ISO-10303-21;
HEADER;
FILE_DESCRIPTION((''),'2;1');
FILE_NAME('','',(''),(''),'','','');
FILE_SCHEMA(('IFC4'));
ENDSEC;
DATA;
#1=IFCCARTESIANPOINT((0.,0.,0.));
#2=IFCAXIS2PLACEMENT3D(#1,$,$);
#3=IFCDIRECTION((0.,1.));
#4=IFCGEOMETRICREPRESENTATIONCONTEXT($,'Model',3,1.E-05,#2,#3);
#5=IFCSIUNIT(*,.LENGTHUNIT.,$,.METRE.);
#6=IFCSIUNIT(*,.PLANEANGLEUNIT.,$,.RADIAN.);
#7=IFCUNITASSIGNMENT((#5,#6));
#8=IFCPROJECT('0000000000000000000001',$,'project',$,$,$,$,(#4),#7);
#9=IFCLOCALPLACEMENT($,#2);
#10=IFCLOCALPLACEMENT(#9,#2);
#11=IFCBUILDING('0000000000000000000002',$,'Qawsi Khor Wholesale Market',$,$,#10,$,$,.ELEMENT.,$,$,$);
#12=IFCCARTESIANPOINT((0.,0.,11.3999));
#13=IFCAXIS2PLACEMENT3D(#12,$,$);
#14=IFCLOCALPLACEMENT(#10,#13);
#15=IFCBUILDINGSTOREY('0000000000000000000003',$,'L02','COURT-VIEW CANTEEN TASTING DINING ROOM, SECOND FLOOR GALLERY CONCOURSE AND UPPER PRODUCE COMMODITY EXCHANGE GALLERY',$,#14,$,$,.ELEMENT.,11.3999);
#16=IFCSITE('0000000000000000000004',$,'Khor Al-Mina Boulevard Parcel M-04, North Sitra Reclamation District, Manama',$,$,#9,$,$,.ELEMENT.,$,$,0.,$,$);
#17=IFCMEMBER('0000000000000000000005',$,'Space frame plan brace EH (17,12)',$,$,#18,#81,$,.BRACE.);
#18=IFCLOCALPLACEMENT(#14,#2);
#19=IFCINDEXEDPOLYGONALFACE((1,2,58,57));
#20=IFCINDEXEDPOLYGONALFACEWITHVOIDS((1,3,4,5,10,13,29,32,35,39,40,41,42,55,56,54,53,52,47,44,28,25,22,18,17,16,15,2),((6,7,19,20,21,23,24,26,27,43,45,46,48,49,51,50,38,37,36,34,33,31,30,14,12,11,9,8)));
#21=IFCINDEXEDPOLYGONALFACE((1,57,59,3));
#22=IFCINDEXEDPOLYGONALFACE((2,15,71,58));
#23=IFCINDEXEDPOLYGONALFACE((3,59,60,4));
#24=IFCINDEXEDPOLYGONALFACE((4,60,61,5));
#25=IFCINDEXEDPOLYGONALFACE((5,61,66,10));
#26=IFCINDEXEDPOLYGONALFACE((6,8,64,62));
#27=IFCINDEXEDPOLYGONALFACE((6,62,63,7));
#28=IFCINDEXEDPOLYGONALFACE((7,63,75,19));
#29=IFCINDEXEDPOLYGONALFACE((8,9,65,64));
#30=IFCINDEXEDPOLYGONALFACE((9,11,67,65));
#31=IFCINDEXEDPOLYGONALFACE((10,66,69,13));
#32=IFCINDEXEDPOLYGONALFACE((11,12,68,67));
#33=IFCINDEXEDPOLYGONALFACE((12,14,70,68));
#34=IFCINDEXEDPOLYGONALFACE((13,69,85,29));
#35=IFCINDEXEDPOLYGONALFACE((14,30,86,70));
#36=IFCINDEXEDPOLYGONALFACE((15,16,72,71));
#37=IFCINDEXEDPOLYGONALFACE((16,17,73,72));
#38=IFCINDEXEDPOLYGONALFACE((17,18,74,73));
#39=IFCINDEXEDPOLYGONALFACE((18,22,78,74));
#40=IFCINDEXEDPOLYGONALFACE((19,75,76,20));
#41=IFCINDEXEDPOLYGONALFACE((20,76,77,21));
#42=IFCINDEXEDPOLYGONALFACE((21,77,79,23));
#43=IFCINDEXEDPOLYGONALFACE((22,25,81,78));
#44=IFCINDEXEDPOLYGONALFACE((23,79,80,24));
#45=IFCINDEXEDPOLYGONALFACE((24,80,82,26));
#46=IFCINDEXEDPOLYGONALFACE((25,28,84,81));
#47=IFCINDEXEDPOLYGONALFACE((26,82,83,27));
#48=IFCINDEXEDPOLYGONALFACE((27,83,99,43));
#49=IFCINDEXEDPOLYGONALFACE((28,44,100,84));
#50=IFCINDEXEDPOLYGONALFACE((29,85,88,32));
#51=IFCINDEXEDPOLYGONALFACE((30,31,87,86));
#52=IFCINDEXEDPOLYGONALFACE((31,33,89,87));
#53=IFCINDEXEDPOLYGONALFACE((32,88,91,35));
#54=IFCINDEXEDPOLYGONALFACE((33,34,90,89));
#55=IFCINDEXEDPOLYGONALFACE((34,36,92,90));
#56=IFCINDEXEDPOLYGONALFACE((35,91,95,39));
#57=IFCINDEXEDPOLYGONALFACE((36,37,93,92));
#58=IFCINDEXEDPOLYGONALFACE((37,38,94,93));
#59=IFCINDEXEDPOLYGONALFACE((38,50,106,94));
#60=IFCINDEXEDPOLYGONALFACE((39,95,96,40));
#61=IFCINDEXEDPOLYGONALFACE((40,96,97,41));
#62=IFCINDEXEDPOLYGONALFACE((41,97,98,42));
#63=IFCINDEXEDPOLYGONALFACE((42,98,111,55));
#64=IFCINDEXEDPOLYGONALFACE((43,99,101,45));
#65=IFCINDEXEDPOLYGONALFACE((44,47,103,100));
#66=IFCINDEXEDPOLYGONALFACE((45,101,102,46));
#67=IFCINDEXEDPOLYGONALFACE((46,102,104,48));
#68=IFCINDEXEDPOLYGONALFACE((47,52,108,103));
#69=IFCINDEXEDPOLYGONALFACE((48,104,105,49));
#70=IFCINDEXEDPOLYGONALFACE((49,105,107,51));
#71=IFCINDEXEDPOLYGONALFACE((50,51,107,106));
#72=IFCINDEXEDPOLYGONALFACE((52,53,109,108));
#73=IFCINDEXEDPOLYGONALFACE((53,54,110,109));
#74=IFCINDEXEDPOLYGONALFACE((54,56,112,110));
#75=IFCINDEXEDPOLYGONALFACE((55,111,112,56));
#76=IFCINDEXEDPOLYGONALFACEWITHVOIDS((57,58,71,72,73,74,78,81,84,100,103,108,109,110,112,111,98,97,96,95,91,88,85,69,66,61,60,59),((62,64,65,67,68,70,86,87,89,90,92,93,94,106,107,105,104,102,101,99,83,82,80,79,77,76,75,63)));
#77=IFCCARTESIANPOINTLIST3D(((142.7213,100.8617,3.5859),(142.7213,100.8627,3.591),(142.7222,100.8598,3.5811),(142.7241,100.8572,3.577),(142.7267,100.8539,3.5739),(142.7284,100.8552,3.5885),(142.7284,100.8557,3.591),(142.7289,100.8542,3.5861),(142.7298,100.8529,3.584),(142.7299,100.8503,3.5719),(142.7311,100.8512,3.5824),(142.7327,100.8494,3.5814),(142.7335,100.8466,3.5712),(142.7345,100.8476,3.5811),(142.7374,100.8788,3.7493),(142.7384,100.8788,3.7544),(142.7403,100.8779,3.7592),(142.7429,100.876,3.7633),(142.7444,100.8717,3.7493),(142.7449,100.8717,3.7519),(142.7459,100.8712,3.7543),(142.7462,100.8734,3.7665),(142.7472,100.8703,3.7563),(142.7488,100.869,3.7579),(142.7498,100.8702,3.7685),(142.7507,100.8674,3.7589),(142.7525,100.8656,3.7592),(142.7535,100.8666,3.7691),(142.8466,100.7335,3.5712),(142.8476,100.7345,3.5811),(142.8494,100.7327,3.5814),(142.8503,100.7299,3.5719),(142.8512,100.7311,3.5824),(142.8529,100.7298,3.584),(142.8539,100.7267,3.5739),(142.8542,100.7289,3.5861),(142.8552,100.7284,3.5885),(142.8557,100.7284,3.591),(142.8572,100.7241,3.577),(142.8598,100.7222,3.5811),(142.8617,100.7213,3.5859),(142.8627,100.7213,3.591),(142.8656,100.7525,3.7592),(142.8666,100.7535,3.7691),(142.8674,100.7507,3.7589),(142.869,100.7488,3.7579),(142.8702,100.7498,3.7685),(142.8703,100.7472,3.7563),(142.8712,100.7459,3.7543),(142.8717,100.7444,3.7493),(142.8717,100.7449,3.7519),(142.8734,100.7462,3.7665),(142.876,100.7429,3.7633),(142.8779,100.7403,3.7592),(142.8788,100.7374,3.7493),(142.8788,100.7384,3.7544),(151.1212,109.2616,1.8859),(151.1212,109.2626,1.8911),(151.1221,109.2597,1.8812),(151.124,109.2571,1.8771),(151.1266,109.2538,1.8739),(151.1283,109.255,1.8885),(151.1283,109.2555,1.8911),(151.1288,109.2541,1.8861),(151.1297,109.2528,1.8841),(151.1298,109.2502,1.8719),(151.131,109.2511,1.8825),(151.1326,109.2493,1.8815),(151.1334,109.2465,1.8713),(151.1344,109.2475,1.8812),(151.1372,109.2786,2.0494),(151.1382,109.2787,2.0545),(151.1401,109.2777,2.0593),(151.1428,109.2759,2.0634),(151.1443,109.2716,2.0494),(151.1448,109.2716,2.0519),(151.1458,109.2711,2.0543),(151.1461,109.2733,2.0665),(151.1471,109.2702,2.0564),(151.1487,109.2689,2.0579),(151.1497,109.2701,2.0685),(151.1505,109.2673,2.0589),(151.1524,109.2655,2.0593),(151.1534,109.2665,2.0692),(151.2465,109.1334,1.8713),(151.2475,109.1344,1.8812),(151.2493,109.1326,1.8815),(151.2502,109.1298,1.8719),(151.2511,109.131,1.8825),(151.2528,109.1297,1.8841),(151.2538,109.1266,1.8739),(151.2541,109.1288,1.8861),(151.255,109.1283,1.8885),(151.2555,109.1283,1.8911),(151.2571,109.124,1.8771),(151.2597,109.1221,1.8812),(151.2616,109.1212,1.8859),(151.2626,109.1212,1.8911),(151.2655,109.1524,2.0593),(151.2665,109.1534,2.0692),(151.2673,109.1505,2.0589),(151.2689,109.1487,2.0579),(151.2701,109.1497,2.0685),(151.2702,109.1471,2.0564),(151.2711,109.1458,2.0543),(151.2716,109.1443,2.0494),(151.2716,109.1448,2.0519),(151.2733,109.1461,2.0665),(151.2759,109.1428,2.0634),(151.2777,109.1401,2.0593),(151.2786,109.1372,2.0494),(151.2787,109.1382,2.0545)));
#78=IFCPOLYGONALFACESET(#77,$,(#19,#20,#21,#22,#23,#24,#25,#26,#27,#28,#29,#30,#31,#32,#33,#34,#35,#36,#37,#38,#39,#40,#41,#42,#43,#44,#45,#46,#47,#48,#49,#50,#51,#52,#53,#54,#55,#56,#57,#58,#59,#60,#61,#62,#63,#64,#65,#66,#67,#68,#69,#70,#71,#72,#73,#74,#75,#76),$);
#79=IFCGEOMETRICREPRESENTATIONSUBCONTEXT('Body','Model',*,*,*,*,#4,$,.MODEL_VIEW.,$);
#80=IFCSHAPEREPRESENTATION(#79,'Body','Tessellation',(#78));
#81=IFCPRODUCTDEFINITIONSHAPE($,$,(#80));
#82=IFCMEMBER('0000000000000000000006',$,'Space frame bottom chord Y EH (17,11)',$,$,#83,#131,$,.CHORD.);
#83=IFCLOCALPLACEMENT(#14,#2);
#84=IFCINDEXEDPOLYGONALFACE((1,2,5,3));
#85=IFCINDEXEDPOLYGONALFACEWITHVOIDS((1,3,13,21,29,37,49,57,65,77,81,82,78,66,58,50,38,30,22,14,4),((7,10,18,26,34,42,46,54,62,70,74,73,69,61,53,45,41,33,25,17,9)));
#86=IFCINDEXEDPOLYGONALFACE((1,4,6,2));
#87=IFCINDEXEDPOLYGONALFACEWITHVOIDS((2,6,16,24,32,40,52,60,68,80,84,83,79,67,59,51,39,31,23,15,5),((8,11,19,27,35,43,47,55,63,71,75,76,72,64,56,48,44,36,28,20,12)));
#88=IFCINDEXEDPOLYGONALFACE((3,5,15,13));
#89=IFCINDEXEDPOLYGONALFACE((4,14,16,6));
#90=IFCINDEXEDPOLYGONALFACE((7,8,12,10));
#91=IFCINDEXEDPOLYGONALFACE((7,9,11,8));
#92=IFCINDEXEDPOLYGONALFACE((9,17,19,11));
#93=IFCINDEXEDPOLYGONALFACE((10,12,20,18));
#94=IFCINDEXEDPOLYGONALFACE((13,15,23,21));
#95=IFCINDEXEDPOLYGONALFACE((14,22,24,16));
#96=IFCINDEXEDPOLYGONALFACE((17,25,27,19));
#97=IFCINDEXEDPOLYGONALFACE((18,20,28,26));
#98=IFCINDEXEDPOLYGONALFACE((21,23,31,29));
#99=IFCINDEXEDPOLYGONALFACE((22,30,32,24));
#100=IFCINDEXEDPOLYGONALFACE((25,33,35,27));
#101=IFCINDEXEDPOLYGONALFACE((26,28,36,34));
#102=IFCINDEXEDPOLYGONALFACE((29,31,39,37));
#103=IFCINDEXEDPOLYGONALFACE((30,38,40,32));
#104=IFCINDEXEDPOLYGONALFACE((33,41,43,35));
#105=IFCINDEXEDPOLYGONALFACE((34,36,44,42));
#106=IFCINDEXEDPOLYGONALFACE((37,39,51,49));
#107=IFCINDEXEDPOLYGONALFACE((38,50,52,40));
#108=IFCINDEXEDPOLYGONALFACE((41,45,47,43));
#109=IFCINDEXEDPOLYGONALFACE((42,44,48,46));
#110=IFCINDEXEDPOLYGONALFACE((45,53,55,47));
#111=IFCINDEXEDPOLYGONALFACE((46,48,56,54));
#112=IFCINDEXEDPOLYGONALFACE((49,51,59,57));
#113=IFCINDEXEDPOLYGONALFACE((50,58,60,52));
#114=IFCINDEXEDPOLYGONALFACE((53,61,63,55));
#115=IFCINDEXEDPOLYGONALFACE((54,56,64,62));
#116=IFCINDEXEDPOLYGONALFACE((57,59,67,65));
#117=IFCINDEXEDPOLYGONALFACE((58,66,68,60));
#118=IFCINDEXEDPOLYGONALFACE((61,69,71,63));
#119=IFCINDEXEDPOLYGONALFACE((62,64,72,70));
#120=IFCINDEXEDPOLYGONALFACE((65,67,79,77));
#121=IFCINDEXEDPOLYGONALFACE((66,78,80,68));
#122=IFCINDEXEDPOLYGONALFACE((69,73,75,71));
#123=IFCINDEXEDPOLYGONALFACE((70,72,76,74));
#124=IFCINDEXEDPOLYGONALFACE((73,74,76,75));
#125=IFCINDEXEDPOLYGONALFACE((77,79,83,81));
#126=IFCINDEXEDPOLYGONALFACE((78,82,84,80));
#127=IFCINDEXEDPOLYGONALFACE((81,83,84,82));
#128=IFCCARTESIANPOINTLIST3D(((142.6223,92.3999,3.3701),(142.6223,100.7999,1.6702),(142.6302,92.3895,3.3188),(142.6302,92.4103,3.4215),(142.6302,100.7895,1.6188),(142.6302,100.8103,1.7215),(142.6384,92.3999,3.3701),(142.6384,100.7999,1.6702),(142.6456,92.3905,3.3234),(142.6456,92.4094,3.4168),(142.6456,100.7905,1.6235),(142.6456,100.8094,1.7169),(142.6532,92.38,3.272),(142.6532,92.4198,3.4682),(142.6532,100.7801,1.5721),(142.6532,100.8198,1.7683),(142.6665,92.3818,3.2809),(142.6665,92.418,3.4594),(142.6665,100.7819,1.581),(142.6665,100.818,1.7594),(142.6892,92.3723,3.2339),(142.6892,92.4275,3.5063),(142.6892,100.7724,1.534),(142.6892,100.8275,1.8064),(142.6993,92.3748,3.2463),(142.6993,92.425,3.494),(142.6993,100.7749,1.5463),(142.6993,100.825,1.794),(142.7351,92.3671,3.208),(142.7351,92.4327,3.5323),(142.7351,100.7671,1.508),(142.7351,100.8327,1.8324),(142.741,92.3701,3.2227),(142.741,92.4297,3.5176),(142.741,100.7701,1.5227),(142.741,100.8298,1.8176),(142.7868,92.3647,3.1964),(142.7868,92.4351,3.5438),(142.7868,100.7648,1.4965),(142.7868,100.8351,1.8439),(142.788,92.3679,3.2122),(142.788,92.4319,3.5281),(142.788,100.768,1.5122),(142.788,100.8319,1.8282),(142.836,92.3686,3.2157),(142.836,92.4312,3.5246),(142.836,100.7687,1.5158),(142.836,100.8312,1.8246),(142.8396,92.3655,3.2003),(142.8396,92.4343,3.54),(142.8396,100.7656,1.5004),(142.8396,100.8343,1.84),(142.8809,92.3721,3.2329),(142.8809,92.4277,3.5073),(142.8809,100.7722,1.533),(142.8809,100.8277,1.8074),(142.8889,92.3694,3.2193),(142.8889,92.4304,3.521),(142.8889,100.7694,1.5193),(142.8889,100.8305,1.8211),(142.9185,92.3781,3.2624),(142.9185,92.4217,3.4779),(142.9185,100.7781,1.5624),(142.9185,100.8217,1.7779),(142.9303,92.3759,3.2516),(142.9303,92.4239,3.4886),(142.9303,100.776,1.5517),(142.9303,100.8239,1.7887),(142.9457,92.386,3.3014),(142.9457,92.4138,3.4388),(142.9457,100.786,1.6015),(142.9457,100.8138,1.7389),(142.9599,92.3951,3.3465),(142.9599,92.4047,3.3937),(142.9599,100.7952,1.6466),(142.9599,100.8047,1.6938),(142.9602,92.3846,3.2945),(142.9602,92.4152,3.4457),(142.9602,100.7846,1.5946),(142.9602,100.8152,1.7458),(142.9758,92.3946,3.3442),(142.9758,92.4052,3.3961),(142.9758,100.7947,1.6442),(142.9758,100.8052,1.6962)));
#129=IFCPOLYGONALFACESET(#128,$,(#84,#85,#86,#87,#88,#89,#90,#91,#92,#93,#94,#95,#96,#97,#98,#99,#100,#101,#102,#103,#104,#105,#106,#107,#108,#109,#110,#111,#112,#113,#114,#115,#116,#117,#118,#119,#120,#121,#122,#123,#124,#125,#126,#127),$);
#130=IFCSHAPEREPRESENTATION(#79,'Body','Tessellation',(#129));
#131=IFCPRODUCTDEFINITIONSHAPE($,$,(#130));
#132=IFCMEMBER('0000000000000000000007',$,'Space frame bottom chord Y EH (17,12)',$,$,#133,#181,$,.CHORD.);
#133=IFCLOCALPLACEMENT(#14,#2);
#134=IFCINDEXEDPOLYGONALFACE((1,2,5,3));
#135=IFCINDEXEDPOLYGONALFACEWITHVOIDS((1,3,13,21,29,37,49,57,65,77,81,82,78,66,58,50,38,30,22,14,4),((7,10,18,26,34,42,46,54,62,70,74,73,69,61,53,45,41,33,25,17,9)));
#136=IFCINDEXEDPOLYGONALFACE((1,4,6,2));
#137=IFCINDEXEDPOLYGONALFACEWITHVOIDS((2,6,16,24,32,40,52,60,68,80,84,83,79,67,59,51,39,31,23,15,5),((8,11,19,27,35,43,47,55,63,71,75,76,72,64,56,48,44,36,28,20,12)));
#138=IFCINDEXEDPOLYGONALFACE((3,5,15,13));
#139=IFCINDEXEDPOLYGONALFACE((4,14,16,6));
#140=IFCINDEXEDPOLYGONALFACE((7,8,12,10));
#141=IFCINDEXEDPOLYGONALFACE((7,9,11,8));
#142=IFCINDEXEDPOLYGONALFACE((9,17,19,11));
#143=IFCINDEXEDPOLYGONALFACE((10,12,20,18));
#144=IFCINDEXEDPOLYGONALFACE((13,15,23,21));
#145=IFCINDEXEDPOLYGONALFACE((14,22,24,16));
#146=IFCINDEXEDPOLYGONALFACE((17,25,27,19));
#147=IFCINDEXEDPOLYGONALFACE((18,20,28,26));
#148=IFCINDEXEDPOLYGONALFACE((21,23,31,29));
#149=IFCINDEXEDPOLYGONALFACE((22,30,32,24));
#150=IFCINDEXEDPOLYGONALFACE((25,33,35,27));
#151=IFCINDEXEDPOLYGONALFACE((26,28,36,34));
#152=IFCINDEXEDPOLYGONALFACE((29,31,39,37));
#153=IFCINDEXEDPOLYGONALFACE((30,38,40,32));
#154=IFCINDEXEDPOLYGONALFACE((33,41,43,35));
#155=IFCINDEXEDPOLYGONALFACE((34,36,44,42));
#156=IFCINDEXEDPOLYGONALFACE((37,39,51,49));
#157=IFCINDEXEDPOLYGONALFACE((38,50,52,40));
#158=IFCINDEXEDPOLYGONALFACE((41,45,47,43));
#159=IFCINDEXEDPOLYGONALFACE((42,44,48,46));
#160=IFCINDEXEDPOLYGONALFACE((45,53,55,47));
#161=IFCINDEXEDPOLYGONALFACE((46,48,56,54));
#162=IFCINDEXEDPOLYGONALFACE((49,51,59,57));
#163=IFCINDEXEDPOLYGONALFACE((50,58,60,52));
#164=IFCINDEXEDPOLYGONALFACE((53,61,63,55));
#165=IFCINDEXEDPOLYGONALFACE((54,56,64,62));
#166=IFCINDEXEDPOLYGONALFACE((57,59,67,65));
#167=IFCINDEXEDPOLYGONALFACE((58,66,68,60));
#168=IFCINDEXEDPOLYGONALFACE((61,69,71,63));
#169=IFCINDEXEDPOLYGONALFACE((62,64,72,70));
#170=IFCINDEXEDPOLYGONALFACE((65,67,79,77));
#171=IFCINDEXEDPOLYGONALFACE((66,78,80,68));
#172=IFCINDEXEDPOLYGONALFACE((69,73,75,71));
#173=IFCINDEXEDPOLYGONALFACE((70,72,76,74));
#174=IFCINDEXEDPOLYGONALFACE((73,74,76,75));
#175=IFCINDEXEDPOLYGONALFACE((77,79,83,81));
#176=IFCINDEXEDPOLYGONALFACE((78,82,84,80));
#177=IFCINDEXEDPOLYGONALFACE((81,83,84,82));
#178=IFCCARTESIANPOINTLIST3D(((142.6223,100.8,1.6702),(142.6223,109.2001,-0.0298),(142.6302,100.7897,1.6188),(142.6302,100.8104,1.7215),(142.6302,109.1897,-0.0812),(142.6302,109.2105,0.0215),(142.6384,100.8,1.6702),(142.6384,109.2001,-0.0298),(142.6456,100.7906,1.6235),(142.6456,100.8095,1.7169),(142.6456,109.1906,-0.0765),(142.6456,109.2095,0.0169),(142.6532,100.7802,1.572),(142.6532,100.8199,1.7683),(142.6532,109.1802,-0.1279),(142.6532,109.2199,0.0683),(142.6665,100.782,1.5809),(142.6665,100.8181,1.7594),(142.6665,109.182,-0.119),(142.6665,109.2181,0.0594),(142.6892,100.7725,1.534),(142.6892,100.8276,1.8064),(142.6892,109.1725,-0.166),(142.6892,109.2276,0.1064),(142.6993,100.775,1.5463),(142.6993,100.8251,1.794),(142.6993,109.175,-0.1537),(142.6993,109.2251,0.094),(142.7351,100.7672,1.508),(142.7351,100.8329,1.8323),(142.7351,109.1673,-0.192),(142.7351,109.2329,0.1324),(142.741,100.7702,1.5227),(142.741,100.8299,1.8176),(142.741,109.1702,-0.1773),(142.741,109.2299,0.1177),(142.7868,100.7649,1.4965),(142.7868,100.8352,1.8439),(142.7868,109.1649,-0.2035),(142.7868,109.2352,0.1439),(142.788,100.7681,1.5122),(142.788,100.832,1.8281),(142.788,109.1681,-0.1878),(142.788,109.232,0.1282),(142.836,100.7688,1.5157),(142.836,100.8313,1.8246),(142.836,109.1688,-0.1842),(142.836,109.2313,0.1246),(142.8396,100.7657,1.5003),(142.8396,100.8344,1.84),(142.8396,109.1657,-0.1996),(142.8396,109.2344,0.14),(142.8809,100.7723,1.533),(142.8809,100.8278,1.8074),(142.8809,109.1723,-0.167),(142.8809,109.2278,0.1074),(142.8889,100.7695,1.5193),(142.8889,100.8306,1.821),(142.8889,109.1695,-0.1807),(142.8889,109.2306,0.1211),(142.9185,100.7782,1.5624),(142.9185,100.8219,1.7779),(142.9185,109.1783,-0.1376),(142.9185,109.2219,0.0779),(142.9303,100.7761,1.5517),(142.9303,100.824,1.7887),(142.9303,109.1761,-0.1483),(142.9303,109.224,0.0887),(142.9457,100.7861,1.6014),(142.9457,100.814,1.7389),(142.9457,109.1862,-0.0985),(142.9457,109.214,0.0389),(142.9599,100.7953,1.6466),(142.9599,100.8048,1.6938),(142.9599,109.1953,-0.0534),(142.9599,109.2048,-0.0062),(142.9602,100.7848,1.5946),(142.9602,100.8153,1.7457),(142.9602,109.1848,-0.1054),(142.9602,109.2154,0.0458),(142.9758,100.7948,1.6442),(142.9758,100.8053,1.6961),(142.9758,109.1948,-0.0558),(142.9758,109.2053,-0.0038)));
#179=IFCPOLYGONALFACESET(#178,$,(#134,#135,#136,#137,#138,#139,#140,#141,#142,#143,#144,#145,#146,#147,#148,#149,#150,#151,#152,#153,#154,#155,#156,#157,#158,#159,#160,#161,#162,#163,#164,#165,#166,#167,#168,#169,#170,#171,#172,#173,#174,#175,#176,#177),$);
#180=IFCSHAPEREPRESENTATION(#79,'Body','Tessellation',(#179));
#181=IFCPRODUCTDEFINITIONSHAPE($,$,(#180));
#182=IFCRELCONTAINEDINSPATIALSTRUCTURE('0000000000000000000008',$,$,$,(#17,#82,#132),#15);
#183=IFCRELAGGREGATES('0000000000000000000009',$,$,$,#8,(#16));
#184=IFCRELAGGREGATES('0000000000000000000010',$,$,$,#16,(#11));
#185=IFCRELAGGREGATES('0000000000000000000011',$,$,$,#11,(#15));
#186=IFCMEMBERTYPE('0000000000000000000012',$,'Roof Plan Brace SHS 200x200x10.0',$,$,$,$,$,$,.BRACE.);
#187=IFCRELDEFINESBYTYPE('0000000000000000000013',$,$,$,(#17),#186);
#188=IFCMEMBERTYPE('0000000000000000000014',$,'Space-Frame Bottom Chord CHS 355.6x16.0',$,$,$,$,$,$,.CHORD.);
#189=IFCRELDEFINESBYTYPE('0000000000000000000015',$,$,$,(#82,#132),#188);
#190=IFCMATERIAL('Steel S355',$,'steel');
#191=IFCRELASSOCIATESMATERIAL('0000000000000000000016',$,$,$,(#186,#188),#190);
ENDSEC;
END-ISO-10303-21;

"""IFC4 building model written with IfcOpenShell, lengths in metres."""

from ifc_helpers import new_model, si_unit, direction, frame, origin, origin_2d, place, context, subcontext, project, spatial, hollow_rectangle, hollow_circle, extrude, material, material_profile, profile_set, type_object, element, save


model = new_model("IFC4")

# Units and contexts
model_context = context("Model", 3, precision=1e-05, world=origin(), true_north=direction((0.0, 1.0)))
body_context = subcontext(model_context, "Body", "Model", "MODEL_VIEW")
ifc_project = project(units=[si_unit("LENGTHUNIT", "METRE"), si_unit("PLANEANGLEUNIT", "RADIAN")], contexts=[model_context])

# Site, building, storey
site_placement = place(None, origin())
site = spatial("IfcSite", under=ifc_project, at=site_placement, Name="Khor Al-Mina Boulevard Parcel M-04, North Sitra Reclamation District, Manama", CompositionType="ELEMENT", RefElevation=0.0)
building_placement = place(site_placement, origin())
building = spatial("IfcBuilding", under=site, at=building_placement, Name="Qawsi Khor Wholesale Market", CompositionType="ELEMENT")
storey_placement = place(building_placement, frame((0.0, 0.0, 11.3999)))
storey = spatial("IfcBuildingStorey", under=building, at=storey_placement, Name="L02", Description="COURT-VIEW CANTEEN TASTING DINING ROOM, SECOND FLOOR GALLERY CONCOURSE AND UPPER PRODUCE COMMODITY EXCHANGE GALLERY", CompositionType="ELEMENT", Elevation=11.3999)

# Shared definitions
ifc_material_1 = material(Name="Steel S355", Category="steel")

# Members
ifc_material_profile_1 = material_profile(ifc_material_1, hollow_rectangle(XDim=0.2, YDim=0.2, WallThickness=0.01, InnerFilletRadius=0.01, OuterFilletRadius=0.02, at=origin_2d()), Name="SHS 200x200x10.0")
ifc_profile_set_1 = profile_set([ifc_material_profile_1], Name="Steel S355")
member_type_1 = type_object("IfcMemberType", Name="Roof Plan Brace SHS 200x200x10.0", PredefinedType="BRACE", material=ifc_profile_set_1)
member_1_placement = place(storey_placement, frame((142.8, 100.8, 3.6702), z_axis=(0.699976, 0.699976, -0.141659), x_axis=(-0.707107, 0.707107, 0.0)))
element("IfcMember", 1, at=member_1_placement, inside=storey, type_object=member_type_1, Name="Space frame plan brace EH (17,12)", PredefinedType="BRACE", context=body_context, shape_type="SweptSolid", body=[
    extrude(hollow_rectangle(XDim=0.2, YDim=0.2, WallThickness=0.01, InnerFilletRadius=0.01, OuterFilletRadius=0.02, at=origin_2d()), origin(), (0.0, 0.0, 1.0), 12.0002),
])
ifc_material_profile_2 = material_profile(ifc_material_1, hollow_circle(Radius=0.1777, WallThickness=0.0161, at=origin_2d()), Name="CHS 355.6x16.0")
ifc_profile_set_2 = profile_set([ifc_material_profile_2], Name="Steel S355")
member_type_2 = type_object("IfcMemberType", Name="Space-Frame Bottom Chord CHS 355.6x16.0", PredefinedType="CHORD", material=ifc_profile_set_2)
for number, where, z_axis, x_axis, name in (
    (2, (142.8, 92.3999, 3.3701), (0.0, 0.980131, -0.198351), (-1.0, 0.0, 0.0), "Space frame bottom chord Y EH (17,11)"),
    (3, (142.8, 100.8, 1.6702), (0.0, 0.98013, -0.198356), (-1.0, 0.0, 0.0), "Space frame bottom chord Y EH (17,12)"),
):
    element("IfcMember", number, at=place(storey_placement, frame(where, z_axis=z_axis, x_axis=x_axis)), inside=storey, type_object=member_type_2, Name=name, PredefinedType="CHORD", context=body_context, shape_type="SweptSolid", body=[
        extrude(hollow_circle(Radius=0.1777, WallThickness=0.0161, at=origin_2d()), origin(), (0.0, 0.0, 1.0), 8.5703),
    ])

save(model, "model.ifc")
